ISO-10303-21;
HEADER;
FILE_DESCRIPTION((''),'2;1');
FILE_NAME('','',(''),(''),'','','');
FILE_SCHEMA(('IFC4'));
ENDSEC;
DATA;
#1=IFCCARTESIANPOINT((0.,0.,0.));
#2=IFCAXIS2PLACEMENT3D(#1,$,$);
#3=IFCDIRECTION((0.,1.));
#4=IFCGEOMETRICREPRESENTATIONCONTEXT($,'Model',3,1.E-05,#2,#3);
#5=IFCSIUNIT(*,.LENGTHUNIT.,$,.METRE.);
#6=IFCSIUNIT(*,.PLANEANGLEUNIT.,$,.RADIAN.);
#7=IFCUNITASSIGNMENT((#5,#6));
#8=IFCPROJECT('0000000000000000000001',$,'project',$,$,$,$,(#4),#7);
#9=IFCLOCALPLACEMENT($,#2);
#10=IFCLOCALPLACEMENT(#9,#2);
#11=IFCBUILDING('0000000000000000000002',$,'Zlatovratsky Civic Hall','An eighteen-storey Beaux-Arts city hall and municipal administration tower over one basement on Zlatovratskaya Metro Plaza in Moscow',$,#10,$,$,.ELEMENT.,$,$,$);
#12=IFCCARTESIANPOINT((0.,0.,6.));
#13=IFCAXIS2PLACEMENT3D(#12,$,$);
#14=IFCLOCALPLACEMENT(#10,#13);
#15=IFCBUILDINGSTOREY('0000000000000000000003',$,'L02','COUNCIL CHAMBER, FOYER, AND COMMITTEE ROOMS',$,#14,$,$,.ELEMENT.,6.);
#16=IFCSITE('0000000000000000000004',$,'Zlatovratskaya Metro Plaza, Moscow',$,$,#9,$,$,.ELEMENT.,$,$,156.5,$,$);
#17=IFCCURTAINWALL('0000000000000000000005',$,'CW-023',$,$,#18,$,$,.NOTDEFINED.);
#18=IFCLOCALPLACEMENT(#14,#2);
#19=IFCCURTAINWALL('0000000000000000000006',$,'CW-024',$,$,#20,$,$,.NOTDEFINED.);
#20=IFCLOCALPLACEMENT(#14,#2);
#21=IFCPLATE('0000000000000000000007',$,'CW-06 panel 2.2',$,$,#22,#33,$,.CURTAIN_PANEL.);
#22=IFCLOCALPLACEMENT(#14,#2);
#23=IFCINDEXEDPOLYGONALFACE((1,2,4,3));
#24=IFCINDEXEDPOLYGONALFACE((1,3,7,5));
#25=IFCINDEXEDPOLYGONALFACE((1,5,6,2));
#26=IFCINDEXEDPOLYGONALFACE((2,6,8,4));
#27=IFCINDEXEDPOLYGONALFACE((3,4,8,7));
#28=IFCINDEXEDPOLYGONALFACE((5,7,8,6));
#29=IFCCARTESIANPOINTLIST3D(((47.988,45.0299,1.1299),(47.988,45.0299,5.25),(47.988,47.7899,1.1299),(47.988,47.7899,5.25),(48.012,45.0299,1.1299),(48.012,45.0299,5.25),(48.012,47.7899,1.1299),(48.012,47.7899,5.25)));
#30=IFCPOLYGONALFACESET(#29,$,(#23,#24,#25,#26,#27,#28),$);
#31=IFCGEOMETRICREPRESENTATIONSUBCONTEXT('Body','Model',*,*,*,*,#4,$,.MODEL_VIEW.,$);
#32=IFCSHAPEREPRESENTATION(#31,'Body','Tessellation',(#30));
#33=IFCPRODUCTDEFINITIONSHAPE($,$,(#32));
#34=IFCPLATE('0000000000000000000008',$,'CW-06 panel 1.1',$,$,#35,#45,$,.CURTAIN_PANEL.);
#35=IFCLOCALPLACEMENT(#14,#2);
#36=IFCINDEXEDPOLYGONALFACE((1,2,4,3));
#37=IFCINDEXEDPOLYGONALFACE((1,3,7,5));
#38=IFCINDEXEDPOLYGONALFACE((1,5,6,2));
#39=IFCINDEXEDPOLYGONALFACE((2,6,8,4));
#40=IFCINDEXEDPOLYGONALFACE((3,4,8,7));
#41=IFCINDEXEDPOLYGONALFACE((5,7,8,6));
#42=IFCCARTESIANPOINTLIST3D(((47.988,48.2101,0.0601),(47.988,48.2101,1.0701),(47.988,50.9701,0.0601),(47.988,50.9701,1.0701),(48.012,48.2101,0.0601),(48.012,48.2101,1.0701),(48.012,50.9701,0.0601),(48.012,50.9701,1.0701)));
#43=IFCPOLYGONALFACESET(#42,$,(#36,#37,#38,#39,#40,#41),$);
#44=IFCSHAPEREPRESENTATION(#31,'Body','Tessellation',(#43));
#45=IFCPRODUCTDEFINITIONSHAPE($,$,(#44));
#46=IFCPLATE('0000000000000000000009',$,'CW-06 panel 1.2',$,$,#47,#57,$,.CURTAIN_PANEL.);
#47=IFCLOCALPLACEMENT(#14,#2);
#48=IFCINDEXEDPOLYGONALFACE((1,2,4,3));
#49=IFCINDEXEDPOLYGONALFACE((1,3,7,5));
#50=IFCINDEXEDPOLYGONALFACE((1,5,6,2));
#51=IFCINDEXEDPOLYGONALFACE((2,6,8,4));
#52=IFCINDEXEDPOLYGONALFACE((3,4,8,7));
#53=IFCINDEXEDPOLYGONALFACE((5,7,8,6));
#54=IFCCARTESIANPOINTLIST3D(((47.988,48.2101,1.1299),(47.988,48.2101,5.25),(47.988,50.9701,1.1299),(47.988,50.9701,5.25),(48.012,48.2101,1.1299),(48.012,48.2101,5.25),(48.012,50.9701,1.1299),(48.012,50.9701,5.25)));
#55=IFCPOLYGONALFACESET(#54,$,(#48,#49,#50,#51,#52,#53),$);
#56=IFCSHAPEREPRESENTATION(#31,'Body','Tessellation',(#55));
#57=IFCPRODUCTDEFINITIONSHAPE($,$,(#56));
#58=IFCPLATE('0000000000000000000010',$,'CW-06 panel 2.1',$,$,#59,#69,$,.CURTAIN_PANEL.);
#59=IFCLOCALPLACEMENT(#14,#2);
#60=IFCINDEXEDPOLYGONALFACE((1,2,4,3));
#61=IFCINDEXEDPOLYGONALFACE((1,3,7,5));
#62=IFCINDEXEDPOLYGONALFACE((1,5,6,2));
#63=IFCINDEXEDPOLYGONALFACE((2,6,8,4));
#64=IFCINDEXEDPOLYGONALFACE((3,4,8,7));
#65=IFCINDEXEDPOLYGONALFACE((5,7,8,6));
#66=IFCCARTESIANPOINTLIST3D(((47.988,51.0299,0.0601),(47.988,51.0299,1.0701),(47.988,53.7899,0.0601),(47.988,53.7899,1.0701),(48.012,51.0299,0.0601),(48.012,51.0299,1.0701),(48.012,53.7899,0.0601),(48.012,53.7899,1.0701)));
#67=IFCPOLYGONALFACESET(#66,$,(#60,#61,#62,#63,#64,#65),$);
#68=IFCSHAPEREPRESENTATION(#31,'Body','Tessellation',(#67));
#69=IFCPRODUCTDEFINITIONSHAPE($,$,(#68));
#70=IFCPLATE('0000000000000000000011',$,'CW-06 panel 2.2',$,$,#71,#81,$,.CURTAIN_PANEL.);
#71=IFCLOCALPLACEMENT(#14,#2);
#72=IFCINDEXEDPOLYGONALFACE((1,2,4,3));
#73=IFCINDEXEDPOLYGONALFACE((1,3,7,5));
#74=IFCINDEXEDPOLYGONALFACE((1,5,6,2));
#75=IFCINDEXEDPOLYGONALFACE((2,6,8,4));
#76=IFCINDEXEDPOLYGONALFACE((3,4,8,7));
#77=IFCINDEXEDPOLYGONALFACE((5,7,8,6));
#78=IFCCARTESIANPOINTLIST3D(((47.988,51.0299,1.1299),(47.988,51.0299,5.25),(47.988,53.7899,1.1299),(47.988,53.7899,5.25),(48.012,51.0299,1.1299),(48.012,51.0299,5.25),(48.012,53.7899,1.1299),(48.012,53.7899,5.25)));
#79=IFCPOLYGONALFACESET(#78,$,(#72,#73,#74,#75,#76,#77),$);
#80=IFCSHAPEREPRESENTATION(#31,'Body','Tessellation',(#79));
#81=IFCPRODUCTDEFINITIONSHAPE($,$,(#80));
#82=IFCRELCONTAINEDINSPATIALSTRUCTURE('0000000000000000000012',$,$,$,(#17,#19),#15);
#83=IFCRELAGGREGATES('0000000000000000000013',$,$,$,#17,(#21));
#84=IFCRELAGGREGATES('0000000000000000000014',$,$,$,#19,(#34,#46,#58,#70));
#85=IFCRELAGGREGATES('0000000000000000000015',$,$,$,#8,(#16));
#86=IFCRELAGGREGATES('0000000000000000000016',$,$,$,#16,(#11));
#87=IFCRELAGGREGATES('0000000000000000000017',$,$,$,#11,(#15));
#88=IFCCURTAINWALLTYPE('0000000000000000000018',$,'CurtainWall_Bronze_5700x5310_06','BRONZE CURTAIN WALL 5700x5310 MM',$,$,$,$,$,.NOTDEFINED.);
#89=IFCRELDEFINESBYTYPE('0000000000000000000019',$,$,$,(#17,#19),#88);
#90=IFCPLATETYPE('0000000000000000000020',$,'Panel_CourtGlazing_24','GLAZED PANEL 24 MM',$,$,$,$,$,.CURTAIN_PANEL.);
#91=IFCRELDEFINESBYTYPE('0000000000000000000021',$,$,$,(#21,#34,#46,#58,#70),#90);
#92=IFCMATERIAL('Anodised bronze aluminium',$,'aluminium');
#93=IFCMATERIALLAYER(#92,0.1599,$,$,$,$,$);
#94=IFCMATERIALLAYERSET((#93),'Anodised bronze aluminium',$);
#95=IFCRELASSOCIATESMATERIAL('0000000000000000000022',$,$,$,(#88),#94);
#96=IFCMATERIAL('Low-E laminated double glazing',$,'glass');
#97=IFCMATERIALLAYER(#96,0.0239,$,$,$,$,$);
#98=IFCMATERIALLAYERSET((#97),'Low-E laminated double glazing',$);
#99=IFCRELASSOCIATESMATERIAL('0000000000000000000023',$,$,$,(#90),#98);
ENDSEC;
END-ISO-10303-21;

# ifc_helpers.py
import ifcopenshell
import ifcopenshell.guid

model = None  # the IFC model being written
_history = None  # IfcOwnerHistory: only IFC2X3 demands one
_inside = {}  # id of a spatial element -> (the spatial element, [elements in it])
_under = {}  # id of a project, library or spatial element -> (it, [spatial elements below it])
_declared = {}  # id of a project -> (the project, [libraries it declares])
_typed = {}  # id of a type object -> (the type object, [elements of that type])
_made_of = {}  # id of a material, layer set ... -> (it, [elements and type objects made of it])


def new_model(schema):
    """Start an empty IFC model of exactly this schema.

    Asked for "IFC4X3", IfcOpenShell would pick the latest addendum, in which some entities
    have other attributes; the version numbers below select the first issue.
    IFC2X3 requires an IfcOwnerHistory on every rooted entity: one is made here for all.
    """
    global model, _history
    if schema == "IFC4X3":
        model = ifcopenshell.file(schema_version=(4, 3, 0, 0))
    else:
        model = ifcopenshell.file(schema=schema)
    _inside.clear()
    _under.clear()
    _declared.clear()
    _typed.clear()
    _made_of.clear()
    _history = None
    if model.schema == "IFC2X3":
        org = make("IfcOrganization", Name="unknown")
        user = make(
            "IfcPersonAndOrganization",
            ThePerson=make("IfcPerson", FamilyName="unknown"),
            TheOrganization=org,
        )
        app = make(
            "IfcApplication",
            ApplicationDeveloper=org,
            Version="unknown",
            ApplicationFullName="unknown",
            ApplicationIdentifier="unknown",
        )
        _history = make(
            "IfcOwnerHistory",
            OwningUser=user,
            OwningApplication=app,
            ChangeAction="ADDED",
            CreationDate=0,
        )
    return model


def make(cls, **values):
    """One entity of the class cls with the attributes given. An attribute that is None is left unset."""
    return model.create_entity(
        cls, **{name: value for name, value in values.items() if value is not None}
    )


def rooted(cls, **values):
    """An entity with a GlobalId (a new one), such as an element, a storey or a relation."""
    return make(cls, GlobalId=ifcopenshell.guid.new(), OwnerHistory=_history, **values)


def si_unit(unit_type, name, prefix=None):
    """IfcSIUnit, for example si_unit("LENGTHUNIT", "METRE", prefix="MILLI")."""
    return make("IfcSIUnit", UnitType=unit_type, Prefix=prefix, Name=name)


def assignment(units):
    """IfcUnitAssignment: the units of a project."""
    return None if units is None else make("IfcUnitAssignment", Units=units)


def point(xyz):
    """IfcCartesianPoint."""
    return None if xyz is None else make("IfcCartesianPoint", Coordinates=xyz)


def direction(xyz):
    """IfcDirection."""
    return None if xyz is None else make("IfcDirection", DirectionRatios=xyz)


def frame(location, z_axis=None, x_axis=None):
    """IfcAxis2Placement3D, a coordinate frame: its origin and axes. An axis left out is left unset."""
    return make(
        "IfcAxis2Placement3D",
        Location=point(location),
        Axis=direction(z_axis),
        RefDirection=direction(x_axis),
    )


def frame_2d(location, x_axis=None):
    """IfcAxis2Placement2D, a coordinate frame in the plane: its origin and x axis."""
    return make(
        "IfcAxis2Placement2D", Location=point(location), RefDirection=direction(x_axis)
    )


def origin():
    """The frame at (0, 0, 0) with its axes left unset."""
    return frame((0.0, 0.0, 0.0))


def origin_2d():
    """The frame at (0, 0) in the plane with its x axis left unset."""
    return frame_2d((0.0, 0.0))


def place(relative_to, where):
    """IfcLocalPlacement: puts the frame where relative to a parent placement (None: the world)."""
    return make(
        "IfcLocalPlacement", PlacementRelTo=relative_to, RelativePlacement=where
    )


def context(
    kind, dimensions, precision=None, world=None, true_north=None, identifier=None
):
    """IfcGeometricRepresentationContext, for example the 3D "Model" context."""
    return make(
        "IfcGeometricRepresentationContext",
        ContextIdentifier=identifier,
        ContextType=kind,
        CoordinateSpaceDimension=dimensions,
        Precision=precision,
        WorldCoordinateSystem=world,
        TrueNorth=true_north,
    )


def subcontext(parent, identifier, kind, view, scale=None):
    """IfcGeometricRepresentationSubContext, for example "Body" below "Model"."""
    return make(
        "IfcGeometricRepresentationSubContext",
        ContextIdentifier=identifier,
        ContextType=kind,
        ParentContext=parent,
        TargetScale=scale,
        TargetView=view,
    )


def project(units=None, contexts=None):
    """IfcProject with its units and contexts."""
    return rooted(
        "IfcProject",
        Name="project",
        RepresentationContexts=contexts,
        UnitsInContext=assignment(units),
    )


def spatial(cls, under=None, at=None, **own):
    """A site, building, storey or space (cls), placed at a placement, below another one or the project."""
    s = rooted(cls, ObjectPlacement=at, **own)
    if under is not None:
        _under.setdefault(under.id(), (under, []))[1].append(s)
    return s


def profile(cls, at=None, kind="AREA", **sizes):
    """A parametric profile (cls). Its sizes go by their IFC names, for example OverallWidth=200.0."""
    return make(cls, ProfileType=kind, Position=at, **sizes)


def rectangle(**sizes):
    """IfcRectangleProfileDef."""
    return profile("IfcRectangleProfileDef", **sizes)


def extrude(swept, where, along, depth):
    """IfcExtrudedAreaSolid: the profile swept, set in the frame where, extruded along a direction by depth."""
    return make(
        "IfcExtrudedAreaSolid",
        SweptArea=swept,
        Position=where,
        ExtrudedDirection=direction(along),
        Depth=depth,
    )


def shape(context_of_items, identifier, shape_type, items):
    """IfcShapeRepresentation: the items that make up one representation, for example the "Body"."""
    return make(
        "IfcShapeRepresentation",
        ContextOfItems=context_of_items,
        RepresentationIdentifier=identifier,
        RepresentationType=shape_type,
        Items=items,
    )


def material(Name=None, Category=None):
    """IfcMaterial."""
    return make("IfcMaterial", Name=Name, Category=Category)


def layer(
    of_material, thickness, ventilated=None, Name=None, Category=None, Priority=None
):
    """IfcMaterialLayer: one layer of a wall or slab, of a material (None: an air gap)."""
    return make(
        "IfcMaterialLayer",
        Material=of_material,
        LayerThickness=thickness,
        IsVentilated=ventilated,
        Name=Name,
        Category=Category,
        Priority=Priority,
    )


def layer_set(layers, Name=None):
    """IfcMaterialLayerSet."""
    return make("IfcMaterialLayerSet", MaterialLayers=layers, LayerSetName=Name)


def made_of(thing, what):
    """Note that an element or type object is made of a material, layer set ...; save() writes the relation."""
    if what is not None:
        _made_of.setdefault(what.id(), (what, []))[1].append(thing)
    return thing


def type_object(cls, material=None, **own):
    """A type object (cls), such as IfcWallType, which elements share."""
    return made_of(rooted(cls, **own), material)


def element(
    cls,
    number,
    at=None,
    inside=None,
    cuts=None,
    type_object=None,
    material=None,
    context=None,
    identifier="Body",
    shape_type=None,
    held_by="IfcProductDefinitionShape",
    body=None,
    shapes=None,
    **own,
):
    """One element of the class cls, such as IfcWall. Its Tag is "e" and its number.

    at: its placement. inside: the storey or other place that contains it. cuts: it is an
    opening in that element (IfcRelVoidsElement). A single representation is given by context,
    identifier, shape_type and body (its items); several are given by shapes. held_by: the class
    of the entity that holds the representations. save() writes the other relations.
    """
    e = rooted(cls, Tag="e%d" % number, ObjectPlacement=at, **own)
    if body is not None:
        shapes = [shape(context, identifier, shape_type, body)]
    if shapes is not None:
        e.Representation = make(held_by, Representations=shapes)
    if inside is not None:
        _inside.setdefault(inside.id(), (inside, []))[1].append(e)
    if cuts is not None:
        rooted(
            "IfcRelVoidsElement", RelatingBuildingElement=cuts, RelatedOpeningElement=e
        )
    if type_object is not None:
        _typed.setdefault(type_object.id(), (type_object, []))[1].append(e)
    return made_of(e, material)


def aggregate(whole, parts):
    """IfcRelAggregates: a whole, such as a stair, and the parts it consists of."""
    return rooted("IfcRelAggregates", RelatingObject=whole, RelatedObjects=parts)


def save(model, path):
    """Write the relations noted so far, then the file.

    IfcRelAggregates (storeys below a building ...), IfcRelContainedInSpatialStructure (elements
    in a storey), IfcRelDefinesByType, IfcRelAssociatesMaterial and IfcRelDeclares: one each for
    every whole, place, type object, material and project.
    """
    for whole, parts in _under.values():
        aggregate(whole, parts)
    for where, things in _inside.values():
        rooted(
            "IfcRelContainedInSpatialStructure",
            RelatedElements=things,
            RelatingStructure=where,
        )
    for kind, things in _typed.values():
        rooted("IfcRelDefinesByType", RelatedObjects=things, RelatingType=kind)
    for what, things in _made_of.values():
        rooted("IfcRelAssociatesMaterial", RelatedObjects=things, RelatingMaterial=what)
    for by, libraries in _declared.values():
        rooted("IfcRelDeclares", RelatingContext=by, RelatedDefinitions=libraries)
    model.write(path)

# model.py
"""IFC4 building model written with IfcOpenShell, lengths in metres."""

from ifc_helpers import new_model, si_unit, direction, frame, origin, origin_2d, place, context, subcontext, project, spatial, rectangle, extrude, material, layer, layer_set, type_object, element, aggregate, save


model = new_model("IFC4")

# Units and contexts
model_context = context("Model", 3, precision=1e-05, world=origin(), true_north=direction((0.0, 1.0)))
body_context = subcontext(model_context, "Body", "Model", "MODEL_VIEW")
ifc_project = project(units=[si_unit("LENGTHUNIT", "METRE"), si_unit("PLANEANGLEUNIT", "RADIAN")], contexts=[model_context])

# Site, building, storey
site_placement = place(None, origin())
site = spatial("IfcSite", under=ifc_project, at=site_placement, Name="Zlatovratskaya Metro Plaza, Moscow", CompositionType="ELEMENT", RefElevation=156.5)
building_placement = place(site_placement, origin())
building = spatial("IfcBuilding", under=site, at=building_placement, Name="Zlatovratsky Civic Hall", Description="An eighteen-storey Beaux-Arts city hall and municipal administration tower over one basement on Zlatovratskaya Metro Plaza in Moscow", CompositionType="ELEMENT")
storey_placement = place(building_placement, frame((0.0, 0.0, 6.0)))
storey = spatial("IfcBuildingStorey", under=building, at=storey_placement, Name="L02", Description="COUNCIL CHAMBER, FOYER, AND COMMITTEE ROOMS", CompositionType="ELEMENT", Elevation=6.0)

# Curtain walls
ifc_material_1 = material(Name="Anodised bronze aluminium", Category="aluminium")
ifc_layer_1 = layer(ifc_material_1, 0.1599)
ifc_layer_set_1 = layer_set([ifc_layer_1], Name="Anodised bronze aluminium")
curtain_wall_type = type_object("IfcCurtainWallType", Name="CurtainWall_Bronze_5700x5310_06", Description="BRONZE CURTAIN WALL 5700x5310 MM", PredefinedType="NOTDEFINED", material=ifc_layer_set_1)
curtain_wall_1_placement = place(storey_placement, origin())
curtain_wall_1 = element("IfcCurtainWall", 1, at=curtain_wall_1_placement, inside=storey, type_object=curtain_wall_type, Name="CW-023", PredefinedType="NOTDEFINED")
curtain_wall_2_placement = place(storey_placement, origin())
curtain_wall_2 = element("IfcCurtainWall", 2, at=curtain_wall_2_placement, inside=storey, type_object=curtain_wall_type, Name="CW-024", PredefinedType="NOTDEFINED")

# Plates
ifc_material_2 = material(Name="Low-E laminated double glazing", Category="glass")
ifc_layer_2 = layer(ifc_material_2, 0.0239)
ifc_layer_set_2 = layer_set([ifc_layer_2], Name="Low-E laminated double glazing")
plate_type = type_object("IfcPlateType", Name="Panel_CourtGlazing_24", Description="GLAZED PANEL 24 MM", PredefinedType="CURTAIN_PANEL", material=ifc_layer_set_2)
plate_1_placement = place(storey_placement, frame((48.0, 46.4099, 1.1299), z_axis=(0.0, 0.0, 1.0), x_axis=(0.0, 1.0, 0.0)))
plate_1 = element("IfcPlate", 3, at=plate_1_placement, type_object=plate_type, Name="CW-06 panel 2.2", PredefinedType="CURTAIN_PANEL", context=body_context, shape_type="SweptSolid", body=[
    extrude(rectangle(XDim=2.76, YDim=0.0239, at=origin_2d()), origin(), (0.0, 0.0, 1.0), 4.1201),
])
aggregate(curtain_wall_1, [plate_1])
plate_2_placement = place(storey_placement, frame((48.0, 49.5901, 0.0601), z_axis=(0.0, 0.0, 1.0), x_axis=(0.0, 1.0, 0.0)))
plate_2 = element("IfcPlate", 4, at=plate_2_placement, type_object=plate_type, Name="CW-06 panel 1.1", PredefinedType="CURTAIN_PANEL", context=body_context, shape_type="SweptSolid", body=[
    extrude(rectangle(XDim=2.76, YDim=0.0239, at=origin_2d()), origin(), (0.0, 0.0, 1.0), 1.01),
])
plate_3_placement = place(storey_placement, frame((48.0, 49.5901, 1.1299), z_axis=(0.0, 0.0, 1.0), x_axis=(0.0, 1.0, 0.0)))
plate_3 = element("IfcPlate", 5, at=plate_3_placement, type_object=plate_type, Name="CW-06 panel 1.2", PredefinedType="CURTAIN_PANEL", context=body_context, shape_type="SweptSolid", body=[
    extrude(rectangle(XDim=2.76, YDim=0.0239, at=origin_2d()), origin(), (0.0, 0.0, 1.0), 4.1201),
])
plate_4_placement = place(storey_placement, frame((48.0, 52.4099, 0.0601), z_axis=(0.0, 0.0, 1.0), x_axis=(0.0, 1.0, 0.0)))
plate_4 = element("IfcPlate", 6, at=plate_4_placement, type_object=plate_type, Name="CW-06 panel 2.1", PredefinedType="CURTAIN_PANEL", context=body_context, shape_type="SweptSolid", body=[
    extrude(rectangle(XDim=2.76, YDim=0.0239, at=origin_2d()), origin(), (0.0, 0.0, 1.0), 1.01),
])
plate_5_placement = place(storey_placement, frame((48.0, 52.4099, 1.1299), z_axis=(0.0, 0.0, 1.0), x_axis=(0.0, 1.0, 0.0)))
plate_5 = element("IfcPlate", 7, at=plate_5_placement, type_object=plate_type, Name="CW-06 panel 2.2", PredefinedType="CURTAIN_PANEL", context=body_context, shape_type="SweptSolid", body=[
    extrude(rectangle(XDim=2.76, YDim=0.0239, at=origin_2d()), origin(), (0.0, 0.0, 1.0), 4.1201),
])
aggregate(curtain_wall_2, [plate_2, plate_3, plate_4, plate_5])

save(model, "model.ifc")
